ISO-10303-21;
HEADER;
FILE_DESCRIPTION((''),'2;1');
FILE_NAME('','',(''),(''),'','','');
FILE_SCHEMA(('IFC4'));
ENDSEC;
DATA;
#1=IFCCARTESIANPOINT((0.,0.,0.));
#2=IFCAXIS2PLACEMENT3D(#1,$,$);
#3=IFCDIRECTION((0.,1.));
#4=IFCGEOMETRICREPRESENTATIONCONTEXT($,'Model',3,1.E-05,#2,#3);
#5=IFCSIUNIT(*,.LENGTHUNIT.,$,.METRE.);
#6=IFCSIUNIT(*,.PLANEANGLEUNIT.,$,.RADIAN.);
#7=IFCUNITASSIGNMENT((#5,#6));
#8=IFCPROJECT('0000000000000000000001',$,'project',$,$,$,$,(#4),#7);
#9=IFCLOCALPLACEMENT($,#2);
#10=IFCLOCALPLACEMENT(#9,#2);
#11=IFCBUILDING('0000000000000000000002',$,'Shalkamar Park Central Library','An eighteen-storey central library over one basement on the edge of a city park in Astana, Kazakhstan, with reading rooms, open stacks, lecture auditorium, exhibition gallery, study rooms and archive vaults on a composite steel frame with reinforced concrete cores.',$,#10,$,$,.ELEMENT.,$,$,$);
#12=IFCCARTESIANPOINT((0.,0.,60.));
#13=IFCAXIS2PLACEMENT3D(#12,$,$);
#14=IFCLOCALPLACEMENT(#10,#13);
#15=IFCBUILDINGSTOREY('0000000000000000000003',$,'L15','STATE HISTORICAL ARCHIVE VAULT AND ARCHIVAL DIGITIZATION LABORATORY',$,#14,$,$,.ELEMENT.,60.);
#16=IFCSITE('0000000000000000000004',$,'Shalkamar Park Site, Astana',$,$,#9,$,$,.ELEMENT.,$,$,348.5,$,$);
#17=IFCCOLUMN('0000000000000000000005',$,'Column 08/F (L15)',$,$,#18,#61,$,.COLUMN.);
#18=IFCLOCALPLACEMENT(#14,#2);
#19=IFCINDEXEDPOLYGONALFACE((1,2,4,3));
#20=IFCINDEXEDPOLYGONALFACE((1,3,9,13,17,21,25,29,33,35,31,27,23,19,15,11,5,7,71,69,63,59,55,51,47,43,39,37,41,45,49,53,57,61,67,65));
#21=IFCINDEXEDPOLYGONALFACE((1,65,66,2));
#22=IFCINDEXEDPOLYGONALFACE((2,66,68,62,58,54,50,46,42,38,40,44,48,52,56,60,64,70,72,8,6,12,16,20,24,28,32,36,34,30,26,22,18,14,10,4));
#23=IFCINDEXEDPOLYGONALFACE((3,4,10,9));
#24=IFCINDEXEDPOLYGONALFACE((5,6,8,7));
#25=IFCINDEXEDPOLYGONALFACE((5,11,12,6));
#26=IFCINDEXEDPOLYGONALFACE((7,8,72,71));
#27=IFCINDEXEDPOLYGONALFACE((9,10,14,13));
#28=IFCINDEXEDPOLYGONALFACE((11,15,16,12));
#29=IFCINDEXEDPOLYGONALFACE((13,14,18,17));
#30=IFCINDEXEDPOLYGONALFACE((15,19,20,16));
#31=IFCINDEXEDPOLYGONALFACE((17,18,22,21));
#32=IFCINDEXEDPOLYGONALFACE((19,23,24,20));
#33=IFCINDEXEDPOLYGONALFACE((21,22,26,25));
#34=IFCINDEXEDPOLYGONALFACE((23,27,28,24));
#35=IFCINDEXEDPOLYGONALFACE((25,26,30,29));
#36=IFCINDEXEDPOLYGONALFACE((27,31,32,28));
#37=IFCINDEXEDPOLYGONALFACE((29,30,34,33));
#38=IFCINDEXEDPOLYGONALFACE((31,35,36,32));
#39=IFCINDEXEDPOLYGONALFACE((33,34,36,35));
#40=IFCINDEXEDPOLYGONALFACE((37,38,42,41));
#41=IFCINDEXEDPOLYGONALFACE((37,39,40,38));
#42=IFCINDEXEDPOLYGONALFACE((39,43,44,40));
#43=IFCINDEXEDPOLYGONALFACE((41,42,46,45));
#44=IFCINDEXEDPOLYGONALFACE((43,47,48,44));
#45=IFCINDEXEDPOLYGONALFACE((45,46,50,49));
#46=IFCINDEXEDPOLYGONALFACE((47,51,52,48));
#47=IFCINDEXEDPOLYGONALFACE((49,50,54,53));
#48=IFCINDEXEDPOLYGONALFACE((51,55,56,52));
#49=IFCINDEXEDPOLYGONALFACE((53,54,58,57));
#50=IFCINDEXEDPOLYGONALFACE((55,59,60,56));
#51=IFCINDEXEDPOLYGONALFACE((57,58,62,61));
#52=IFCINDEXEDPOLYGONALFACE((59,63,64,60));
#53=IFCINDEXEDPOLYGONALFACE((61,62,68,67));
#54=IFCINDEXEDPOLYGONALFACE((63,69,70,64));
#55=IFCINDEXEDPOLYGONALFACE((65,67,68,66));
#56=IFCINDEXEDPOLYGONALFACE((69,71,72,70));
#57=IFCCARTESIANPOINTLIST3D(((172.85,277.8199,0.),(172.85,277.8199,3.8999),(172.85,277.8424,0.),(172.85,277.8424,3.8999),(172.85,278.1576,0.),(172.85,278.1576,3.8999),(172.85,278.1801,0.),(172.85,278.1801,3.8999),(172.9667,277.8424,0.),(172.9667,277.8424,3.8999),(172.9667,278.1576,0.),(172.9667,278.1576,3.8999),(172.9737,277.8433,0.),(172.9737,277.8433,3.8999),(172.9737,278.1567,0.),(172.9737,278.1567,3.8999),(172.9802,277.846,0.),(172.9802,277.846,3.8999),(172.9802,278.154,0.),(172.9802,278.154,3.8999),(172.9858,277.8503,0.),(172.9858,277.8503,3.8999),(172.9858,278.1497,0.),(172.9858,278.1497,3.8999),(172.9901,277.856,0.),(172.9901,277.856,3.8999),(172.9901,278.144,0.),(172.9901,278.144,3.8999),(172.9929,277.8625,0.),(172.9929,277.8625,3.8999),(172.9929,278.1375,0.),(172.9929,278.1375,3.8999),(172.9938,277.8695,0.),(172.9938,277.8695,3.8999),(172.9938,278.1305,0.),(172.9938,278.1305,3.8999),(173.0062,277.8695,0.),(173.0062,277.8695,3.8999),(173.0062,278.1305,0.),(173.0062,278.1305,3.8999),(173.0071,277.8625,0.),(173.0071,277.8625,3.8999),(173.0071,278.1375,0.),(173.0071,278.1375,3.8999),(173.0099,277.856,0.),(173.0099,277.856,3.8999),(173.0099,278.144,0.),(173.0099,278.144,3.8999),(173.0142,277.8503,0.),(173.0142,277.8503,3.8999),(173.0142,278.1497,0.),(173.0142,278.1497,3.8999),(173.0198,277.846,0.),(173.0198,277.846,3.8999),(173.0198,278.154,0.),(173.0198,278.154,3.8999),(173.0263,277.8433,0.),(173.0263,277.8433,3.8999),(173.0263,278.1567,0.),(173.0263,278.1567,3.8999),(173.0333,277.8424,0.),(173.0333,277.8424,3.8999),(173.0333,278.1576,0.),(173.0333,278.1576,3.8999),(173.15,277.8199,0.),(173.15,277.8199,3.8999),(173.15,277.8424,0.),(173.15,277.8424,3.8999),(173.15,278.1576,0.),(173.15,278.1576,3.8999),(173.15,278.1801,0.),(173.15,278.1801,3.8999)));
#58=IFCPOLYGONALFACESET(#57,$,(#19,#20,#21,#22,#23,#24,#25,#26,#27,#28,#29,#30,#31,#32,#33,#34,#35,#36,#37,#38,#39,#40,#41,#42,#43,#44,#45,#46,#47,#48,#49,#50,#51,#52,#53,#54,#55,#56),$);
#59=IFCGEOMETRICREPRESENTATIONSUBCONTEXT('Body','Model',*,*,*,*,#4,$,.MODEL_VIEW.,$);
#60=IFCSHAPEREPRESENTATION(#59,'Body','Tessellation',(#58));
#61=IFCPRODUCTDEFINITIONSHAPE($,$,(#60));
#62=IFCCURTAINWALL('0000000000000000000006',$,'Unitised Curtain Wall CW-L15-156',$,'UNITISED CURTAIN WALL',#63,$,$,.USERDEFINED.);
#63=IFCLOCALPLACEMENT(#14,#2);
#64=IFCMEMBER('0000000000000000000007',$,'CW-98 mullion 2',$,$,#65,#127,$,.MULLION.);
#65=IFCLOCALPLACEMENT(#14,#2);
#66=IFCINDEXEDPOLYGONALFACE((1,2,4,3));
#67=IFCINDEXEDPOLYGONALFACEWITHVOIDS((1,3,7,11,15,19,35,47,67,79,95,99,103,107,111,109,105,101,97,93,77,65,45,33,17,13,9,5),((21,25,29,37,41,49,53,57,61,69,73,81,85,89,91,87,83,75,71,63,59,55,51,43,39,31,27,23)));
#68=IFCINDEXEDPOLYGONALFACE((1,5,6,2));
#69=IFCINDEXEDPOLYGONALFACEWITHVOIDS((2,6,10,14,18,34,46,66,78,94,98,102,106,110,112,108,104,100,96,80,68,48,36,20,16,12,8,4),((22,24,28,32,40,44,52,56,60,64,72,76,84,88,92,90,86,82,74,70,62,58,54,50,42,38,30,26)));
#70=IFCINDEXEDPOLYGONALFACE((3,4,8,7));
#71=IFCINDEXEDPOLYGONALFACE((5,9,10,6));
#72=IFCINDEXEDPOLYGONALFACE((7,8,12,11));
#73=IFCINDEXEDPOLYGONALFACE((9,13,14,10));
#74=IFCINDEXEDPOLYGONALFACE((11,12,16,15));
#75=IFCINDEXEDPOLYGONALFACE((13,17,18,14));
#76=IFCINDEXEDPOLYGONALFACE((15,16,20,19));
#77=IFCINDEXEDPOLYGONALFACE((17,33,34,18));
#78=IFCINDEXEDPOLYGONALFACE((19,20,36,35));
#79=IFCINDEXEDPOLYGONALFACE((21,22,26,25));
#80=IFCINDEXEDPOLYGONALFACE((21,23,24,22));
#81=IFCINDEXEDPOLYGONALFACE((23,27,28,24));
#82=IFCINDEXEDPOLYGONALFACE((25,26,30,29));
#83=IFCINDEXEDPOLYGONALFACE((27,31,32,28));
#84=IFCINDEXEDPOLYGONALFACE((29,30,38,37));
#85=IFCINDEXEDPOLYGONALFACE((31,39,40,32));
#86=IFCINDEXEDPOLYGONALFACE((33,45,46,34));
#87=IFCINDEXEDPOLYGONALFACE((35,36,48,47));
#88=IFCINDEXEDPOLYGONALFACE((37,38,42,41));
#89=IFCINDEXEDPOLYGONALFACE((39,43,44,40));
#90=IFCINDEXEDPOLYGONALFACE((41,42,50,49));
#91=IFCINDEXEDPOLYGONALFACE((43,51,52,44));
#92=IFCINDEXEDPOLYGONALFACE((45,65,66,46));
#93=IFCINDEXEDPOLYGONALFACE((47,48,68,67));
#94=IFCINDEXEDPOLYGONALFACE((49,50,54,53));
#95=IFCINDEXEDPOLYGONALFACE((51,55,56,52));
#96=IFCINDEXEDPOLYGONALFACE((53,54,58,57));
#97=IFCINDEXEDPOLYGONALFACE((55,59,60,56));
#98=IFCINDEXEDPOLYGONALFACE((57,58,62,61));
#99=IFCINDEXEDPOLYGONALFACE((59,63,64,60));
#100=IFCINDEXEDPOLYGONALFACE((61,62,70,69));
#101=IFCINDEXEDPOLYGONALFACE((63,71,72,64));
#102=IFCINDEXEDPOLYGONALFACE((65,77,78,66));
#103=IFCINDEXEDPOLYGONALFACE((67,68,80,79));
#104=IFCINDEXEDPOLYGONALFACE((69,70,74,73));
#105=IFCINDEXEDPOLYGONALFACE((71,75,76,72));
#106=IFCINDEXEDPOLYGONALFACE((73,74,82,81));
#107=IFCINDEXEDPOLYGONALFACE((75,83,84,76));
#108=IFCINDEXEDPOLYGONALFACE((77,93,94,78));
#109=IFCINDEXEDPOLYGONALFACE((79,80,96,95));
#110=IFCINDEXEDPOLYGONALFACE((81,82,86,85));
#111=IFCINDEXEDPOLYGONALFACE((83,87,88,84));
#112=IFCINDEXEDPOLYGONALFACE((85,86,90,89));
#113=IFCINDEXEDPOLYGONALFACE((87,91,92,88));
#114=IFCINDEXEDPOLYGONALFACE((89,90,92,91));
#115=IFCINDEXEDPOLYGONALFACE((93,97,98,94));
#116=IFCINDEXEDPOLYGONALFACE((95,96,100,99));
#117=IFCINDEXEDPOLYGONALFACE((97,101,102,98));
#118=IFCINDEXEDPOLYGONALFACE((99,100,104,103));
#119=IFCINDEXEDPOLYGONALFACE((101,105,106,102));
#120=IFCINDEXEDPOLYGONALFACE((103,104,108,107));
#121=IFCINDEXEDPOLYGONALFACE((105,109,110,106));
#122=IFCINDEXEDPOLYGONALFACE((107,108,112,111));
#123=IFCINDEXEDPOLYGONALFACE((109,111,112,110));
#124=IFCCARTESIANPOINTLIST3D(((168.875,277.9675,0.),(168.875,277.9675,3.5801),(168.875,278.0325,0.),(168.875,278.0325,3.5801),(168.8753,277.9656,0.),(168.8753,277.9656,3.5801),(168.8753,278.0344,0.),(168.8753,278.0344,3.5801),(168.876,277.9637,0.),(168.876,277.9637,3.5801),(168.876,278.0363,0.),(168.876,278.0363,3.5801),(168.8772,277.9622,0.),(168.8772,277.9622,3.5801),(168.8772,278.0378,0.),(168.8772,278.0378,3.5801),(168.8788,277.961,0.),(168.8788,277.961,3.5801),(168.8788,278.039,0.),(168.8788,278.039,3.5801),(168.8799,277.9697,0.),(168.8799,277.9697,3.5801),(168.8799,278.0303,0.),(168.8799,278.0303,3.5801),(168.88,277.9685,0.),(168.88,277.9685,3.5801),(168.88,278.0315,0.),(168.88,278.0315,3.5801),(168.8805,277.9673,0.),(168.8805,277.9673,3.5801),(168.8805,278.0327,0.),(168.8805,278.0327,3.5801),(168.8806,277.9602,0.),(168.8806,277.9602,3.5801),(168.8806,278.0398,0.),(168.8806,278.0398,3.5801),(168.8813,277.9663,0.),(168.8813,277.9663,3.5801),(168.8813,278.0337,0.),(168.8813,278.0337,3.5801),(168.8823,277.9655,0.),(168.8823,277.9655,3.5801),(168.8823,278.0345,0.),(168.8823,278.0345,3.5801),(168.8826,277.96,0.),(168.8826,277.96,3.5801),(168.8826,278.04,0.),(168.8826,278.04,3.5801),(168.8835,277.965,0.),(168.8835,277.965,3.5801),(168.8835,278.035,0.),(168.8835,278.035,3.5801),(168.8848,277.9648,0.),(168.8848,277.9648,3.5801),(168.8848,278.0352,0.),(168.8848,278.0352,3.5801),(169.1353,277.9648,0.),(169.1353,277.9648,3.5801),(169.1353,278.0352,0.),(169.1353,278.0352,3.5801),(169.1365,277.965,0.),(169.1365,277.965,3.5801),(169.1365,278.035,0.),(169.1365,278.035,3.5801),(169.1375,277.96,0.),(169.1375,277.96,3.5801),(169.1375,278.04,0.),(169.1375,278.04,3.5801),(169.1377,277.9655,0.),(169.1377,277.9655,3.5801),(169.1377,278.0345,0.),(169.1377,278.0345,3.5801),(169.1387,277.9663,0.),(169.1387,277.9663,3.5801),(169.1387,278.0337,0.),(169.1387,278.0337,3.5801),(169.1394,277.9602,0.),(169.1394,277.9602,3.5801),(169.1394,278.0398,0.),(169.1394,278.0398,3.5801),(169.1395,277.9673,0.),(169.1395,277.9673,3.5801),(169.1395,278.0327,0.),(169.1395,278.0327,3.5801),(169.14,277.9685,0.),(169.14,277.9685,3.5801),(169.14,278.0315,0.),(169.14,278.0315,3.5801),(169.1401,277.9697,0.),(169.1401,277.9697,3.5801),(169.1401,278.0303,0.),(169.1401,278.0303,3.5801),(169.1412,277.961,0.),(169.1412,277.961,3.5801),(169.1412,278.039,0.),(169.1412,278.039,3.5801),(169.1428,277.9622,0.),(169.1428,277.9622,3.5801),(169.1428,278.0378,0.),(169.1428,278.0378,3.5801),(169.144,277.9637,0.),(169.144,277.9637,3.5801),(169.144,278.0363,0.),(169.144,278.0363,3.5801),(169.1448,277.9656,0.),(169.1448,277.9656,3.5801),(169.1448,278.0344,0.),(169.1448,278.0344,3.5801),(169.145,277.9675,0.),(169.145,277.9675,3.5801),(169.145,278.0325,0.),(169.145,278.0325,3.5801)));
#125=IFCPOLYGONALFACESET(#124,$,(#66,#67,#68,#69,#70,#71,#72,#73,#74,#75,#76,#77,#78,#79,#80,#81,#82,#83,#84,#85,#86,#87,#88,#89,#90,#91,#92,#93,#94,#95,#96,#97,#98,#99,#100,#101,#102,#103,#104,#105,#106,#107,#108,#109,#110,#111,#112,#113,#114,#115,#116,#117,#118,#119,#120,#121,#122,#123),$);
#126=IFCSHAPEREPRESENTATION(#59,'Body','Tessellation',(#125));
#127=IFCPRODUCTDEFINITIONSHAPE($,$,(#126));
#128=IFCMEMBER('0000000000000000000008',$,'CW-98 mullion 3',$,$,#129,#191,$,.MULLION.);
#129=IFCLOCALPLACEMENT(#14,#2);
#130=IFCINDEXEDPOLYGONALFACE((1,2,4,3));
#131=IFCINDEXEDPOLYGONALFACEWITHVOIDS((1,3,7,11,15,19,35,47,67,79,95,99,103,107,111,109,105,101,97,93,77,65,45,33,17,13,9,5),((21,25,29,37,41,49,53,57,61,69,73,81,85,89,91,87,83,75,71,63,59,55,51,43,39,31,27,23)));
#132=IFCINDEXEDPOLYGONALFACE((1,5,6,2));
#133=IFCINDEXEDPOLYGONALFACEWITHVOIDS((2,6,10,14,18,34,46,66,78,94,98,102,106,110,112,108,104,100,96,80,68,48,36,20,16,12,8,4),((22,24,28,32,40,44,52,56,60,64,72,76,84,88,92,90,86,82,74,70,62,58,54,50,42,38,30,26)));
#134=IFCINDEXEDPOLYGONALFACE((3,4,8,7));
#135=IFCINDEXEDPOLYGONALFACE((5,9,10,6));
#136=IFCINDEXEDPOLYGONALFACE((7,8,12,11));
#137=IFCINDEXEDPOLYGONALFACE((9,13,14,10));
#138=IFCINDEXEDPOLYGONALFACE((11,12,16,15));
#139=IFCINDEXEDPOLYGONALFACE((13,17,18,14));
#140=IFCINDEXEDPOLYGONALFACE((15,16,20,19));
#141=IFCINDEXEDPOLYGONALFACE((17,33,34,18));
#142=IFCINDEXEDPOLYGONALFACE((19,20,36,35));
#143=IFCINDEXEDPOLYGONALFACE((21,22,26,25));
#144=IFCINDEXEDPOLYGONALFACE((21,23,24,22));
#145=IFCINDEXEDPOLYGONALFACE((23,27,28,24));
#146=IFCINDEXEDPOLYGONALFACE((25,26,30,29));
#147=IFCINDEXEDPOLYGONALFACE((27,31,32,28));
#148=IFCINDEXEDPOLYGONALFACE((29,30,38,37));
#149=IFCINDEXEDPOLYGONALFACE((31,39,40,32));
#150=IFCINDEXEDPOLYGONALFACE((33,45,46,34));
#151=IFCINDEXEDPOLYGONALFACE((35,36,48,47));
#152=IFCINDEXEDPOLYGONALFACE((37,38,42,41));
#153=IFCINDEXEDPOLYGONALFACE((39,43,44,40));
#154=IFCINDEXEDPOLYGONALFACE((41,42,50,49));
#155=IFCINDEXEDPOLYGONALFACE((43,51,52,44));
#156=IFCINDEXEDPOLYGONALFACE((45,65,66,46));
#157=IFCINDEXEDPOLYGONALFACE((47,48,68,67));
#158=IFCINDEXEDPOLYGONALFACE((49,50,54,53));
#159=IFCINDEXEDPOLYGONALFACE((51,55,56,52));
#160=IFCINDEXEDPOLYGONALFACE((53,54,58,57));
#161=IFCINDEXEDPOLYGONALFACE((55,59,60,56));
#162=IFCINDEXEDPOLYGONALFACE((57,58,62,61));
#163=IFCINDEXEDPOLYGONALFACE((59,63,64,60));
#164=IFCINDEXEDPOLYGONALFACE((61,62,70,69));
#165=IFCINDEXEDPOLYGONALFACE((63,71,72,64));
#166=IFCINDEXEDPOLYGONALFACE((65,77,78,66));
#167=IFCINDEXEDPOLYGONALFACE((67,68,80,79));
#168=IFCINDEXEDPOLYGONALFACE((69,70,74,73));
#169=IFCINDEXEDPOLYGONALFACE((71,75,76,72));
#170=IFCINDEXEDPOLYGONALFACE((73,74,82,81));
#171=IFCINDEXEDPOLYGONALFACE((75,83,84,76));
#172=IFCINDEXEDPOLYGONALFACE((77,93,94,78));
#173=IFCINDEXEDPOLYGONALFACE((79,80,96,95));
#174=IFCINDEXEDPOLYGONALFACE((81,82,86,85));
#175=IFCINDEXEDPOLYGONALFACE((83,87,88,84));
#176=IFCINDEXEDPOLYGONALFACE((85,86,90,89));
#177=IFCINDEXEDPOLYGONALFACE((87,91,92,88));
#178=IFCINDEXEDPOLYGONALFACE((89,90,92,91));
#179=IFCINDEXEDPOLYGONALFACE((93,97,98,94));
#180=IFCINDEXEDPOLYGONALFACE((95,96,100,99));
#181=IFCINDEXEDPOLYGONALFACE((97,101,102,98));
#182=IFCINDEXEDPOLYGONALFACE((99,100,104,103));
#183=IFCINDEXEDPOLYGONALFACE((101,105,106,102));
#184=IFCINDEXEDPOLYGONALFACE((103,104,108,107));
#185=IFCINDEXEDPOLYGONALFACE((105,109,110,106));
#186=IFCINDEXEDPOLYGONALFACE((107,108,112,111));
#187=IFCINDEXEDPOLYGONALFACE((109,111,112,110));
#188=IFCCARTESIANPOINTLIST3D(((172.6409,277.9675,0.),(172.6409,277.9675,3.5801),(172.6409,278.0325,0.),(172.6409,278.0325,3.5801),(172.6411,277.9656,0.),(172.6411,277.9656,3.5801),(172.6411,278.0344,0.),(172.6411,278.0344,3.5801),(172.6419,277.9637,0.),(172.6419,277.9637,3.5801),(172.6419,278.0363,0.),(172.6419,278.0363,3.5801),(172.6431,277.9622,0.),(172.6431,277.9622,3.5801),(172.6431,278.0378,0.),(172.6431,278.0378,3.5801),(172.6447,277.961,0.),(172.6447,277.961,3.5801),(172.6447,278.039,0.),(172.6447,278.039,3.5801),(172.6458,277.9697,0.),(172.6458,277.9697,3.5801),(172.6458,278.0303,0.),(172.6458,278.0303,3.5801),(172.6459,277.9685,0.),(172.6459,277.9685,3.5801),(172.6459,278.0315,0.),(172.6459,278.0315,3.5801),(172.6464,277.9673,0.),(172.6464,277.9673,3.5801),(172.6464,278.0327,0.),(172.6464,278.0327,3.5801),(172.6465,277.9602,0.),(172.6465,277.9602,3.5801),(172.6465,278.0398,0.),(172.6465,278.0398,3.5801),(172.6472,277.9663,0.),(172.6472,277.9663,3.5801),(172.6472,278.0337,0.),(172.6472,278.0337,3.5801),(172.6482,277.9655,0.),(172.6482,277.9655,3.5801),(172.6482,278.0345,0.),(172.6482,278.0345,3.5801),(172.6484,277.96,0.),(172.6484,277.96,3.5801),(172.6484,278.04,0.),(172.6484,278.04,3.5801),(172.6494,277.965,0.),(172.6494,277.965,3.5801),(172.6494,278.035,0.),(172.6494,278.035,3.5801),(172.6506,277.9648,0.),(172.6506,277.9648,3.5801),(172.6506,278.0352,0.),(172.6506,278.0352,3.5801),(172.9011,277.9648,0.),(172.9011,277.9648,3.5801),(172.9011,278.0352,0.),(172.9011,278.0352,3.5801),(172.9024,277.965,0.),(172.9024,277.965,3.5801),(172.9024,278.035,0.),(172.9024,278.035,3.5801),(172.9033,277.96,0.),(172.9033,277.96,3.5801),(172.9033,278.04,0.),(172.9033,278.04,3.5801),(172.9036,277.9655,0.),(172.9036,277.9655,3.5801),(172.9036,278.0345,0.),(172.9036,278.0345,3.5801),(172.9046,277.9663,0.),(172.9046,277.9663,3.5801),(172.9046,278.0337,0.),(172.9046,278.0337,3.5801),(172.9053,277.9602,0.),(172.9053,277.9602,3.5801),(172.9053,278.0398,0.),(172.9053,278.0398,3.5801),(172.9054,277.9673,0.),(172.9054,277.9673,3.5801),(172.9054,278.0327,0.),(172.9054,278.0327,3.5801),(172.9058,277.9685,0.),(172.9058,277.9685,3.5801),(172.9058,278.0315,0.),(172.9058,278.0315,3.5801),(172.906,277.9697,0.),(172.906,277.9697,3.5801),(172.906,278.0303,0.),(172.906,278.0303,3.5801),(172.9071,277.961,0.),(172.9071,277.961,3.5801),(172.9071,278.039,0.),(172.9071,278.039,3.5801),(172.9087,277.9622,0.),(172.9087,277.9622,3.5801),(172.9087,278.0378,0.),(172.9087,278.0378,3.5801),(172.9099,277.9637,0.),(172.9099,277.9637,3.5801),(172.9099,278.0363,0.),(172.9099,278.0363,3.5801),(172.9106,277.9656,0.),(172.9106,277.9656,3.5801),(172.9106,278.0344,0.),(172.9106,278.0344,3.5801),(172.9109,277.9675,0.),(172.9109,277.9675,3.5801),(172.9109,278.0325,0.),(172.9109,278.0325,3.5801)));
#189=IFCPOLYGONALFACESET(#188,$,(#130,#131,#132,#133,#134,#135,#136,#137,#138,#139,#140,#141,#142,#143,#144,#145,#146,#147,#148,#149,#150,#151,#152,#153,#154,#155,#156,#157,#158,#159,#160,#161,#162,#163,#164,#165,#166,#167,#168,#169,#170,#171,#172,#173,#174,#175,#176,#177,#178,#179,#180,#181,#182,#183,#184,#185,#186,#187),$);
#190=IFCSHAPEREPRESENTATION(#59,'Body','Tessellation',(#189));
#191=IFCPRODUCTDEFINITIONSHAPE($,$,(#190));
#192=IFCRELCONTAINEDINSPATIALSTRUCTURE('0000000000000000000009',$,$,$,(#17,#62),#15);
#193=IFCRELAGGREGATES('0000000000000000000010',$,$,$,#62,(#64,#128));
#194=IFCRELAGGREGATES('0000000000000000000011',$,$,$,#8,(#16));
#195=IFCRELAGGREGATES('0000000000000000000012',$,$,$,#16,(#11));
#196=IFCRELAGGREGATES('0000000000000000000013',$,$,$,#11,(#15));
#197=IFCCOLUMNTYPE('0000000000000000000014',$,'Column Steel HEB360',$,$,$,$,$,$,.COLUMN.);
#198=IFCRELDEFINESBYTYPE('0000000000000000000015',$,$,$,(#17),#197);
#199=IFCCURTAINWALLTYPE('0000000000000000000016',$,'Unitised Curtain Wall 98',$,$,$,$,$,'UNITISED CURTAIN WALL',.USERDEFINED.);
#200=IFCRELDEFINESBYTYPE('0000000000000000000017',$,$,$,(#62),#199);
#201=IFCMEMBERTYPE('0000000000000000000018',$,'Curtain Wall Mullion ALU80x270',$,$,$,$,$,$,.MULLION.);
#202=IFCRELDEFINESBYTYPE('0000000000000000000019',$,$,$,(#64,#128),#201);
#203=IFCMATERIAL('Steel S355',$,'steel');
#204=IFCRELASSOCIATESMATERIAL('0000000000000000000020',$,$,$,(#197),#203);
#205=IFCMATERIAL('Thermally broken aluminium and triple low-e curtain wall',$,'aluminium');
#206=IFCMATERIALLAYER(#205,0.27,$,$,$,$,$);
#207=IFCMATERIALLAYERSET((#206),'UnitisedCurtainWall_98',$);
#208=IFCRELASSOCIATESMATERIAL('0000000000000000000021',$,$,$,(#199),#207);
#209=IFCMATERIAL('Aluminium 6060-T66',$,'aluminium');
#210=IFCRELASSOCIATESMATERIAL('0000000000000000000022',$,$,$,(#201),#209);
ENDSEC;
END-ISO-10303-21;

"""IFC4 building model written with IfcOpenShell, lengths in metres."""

from ifc_helpers import new_model, si_unit, direction, frame, origin, origin_2d, place, context, subcontext, project, spatial, hollow_rectangle, i_section, extrude, material, layer, layer_set, material_profile, profile_set, type_object, element, aggregate, save


model = new_model("IFC4")

# Units and contexts
model_context = context("Model", 3, precision=1e-05, world=origin(), true_north=direction((0.0, 1.0)))
body_context = subcontext(model_context, "Body", "Model", "MODEL_VIEW")
ifc_project = project(units=[si_unit("LENGTHUNIT", "METRE"), si_unit("PLANEANGLEUNIT", "RADIAN")], contexts=[model_context])

# Site, building, storey
site_placement = place(None, origin())
site = spatial("IfcSite", under=ifc_project, at=site_placement, Name="Shalkamar Park Site, Astana", CompositionType="ELEMENT", RefElevation=348.5)
building_placement = place(site_placement, origin())
building = spatial("IfcBuilding", under=site, at=building_placement, Name="Shalkamar Park Central Library", Description="An eighteen-storey central library over one basement on the edge of a city park in Astana, Kazakhstan, with reading rooms, open stacks, lecture auditorium, exhibition gallery, study rooms and archive vaults on a composite steel frame with reinforced concrete cores.", CompositionType="ELEMENT")
storey_placement = place(building_placement, frame((0.0, 0.0, 60.0)))
storey = spatial("IfcBuildingStorey", under=building, at=storey_placement, Name="L15", Description="STATE HISTORICAL ARCHIVE VAULT AND ARCHIVAL DIGITIZATION LABORATORY", CompositionType="ELEMENT", Elevation=60.0)

# Column
ifc_material_1 = material(Name="Steel S355", Category="steel")
ifc_material_profile_1 = material_profile(ifc_material_1, i_section(OverallWidth=0.3, OverallDepth=0.3601, WebThickness=0.0125, FlangeThickness=0.0225, FilletRadius=0.0271, at=origin_2d()), Name="HEB 360")
ifc_profile_set_1 = profile_set([ifc_material_profile_1], Name="Steel S355")
column_type = type_object("IfcColumnType", Name="Column Steel HEB360", PredefinedType="COLUMN", material=ifc_profile_set_1)
column_placement = place(storey_placement, frame((173.0, 278.0, 0.0), z_axis=(0.0, 0.0, 1.0), x_axis=(1.0, 0.0, 0.0)))
element("IfcColumn", 1, at=column_placement, inside=storey, type_object=column_type, Name="Column 08/F (L15)", PredefinedType="COLUMN", context=body_context, shape_type="SweptSolid", body=[
    extrude(i_section(OverallWidth=0.3, OverallDepth=0.3601, WebThickness=0.0125, FlangeThickness=0.0225, FilletRadius=0.0271, at=origin_2d()), origin(), (0.0, 0.0, 1.0), 3.8999),
])

# Curtain wall, members
ifc_material_2 = material(Name="Thermally broken aluminium and triple low-e curtain wall", Category="aluminium")
ifc_layer_1 = layer(ifc_material_2, 0.27)
ifc_layer_set_1 = layer_set([ifc_layer_1], Name="UnitisedCurtainWall_98")
curtain_wall_type_1 = type_object("IfcCurtainWallType", Name="Unitised Curtain Wall 98", ElementType="UNITISED CURTAIN WALL", PredefinedType="USERDEFINED", material=ifc_layer_set_1)
curtain_wall_1_placement = place(storey_placement, origin())
curtain_wall_1 = element("IfcCurtainWall", 2, at=curtain_wall_1_placement, inside=storey, type_object=curtain_wall_type_1, Name="Unitised Curtain Wall CW-L15-156", ObjectType="UNITISED CURTAIN WALL", PredefinedType="USERDEFINED")
ifc_material_3 = material(Name="Aluminium 6060-T66", Category="aluminium")
ifc_material_profile_2 = material_profile(ifc_material_3, hollow_rectangle(XDim=0.0801, YDim=0.27, WallThickness=0.0049, InnerFilletRadius=0.0049, OuterFilletRadius=0.0076, at=origin_2d()), Name="ALU 80x270x5")
ifc_profile_set_2 = profile_set([ifc_material_profile_2], Name="Aluminium 6060-T66")
member_type_1 = type_object("IfcMemberType", Name="Curtain Wall Mullion ALU80x270", PredefinedType="MULLION", material=ifc_profile_set_2)
member_1_placement = place(storey_placement, frame((169.01, 278.0, 0.0), z_axis=(0.0, 0.0, 1.0), x_axis=(0.0, 1.0, 0.0)))
member_1 = element("IfcMember", 3, at=member_1_placement, type_object=member_type_1, Name="CW-98 mullion 2", PredefinedType="MULLION", context=body_context, shape_type="SweptSolid", body=[
    extrude(hollow_rectangle(XDim=0.0801, YDim=0.27, WallThickness=0.0049, InnerFilletRadius=0.0049, OuterFilletRadius=0.0076, at=origin_2d()), origin(), (0.0, 0.0, 1.0), 3.5801),
])
member_2_placement = place(storey_placement, frame((172.7759, 278.0, 0.0), z_axis=(0.0, 0.0, 1.0), x_axis=(0.0, 1.0, 0.0)))
member_2 = element("IfcMember", 4, at=member_2_placement, type_object=member_type_1, Name="CW-98 mullion 3", PredefinedType="MULLION", context=body_context, shape_type="SweptSolid", body=[
    extrude(hollow_rectangle(XDim=0.0801, YDim=0.27, WallThickness=0.0049, InnerFilletRadius=0.0049, OuterFilletRadius=0.0076, at=origin_2d()), origin(), (0.0, 0.0, 1.0), 3.5801),
])

aggregate(curtain_wall_1, [member_1, member_2])

save(model, "model.ifc")
